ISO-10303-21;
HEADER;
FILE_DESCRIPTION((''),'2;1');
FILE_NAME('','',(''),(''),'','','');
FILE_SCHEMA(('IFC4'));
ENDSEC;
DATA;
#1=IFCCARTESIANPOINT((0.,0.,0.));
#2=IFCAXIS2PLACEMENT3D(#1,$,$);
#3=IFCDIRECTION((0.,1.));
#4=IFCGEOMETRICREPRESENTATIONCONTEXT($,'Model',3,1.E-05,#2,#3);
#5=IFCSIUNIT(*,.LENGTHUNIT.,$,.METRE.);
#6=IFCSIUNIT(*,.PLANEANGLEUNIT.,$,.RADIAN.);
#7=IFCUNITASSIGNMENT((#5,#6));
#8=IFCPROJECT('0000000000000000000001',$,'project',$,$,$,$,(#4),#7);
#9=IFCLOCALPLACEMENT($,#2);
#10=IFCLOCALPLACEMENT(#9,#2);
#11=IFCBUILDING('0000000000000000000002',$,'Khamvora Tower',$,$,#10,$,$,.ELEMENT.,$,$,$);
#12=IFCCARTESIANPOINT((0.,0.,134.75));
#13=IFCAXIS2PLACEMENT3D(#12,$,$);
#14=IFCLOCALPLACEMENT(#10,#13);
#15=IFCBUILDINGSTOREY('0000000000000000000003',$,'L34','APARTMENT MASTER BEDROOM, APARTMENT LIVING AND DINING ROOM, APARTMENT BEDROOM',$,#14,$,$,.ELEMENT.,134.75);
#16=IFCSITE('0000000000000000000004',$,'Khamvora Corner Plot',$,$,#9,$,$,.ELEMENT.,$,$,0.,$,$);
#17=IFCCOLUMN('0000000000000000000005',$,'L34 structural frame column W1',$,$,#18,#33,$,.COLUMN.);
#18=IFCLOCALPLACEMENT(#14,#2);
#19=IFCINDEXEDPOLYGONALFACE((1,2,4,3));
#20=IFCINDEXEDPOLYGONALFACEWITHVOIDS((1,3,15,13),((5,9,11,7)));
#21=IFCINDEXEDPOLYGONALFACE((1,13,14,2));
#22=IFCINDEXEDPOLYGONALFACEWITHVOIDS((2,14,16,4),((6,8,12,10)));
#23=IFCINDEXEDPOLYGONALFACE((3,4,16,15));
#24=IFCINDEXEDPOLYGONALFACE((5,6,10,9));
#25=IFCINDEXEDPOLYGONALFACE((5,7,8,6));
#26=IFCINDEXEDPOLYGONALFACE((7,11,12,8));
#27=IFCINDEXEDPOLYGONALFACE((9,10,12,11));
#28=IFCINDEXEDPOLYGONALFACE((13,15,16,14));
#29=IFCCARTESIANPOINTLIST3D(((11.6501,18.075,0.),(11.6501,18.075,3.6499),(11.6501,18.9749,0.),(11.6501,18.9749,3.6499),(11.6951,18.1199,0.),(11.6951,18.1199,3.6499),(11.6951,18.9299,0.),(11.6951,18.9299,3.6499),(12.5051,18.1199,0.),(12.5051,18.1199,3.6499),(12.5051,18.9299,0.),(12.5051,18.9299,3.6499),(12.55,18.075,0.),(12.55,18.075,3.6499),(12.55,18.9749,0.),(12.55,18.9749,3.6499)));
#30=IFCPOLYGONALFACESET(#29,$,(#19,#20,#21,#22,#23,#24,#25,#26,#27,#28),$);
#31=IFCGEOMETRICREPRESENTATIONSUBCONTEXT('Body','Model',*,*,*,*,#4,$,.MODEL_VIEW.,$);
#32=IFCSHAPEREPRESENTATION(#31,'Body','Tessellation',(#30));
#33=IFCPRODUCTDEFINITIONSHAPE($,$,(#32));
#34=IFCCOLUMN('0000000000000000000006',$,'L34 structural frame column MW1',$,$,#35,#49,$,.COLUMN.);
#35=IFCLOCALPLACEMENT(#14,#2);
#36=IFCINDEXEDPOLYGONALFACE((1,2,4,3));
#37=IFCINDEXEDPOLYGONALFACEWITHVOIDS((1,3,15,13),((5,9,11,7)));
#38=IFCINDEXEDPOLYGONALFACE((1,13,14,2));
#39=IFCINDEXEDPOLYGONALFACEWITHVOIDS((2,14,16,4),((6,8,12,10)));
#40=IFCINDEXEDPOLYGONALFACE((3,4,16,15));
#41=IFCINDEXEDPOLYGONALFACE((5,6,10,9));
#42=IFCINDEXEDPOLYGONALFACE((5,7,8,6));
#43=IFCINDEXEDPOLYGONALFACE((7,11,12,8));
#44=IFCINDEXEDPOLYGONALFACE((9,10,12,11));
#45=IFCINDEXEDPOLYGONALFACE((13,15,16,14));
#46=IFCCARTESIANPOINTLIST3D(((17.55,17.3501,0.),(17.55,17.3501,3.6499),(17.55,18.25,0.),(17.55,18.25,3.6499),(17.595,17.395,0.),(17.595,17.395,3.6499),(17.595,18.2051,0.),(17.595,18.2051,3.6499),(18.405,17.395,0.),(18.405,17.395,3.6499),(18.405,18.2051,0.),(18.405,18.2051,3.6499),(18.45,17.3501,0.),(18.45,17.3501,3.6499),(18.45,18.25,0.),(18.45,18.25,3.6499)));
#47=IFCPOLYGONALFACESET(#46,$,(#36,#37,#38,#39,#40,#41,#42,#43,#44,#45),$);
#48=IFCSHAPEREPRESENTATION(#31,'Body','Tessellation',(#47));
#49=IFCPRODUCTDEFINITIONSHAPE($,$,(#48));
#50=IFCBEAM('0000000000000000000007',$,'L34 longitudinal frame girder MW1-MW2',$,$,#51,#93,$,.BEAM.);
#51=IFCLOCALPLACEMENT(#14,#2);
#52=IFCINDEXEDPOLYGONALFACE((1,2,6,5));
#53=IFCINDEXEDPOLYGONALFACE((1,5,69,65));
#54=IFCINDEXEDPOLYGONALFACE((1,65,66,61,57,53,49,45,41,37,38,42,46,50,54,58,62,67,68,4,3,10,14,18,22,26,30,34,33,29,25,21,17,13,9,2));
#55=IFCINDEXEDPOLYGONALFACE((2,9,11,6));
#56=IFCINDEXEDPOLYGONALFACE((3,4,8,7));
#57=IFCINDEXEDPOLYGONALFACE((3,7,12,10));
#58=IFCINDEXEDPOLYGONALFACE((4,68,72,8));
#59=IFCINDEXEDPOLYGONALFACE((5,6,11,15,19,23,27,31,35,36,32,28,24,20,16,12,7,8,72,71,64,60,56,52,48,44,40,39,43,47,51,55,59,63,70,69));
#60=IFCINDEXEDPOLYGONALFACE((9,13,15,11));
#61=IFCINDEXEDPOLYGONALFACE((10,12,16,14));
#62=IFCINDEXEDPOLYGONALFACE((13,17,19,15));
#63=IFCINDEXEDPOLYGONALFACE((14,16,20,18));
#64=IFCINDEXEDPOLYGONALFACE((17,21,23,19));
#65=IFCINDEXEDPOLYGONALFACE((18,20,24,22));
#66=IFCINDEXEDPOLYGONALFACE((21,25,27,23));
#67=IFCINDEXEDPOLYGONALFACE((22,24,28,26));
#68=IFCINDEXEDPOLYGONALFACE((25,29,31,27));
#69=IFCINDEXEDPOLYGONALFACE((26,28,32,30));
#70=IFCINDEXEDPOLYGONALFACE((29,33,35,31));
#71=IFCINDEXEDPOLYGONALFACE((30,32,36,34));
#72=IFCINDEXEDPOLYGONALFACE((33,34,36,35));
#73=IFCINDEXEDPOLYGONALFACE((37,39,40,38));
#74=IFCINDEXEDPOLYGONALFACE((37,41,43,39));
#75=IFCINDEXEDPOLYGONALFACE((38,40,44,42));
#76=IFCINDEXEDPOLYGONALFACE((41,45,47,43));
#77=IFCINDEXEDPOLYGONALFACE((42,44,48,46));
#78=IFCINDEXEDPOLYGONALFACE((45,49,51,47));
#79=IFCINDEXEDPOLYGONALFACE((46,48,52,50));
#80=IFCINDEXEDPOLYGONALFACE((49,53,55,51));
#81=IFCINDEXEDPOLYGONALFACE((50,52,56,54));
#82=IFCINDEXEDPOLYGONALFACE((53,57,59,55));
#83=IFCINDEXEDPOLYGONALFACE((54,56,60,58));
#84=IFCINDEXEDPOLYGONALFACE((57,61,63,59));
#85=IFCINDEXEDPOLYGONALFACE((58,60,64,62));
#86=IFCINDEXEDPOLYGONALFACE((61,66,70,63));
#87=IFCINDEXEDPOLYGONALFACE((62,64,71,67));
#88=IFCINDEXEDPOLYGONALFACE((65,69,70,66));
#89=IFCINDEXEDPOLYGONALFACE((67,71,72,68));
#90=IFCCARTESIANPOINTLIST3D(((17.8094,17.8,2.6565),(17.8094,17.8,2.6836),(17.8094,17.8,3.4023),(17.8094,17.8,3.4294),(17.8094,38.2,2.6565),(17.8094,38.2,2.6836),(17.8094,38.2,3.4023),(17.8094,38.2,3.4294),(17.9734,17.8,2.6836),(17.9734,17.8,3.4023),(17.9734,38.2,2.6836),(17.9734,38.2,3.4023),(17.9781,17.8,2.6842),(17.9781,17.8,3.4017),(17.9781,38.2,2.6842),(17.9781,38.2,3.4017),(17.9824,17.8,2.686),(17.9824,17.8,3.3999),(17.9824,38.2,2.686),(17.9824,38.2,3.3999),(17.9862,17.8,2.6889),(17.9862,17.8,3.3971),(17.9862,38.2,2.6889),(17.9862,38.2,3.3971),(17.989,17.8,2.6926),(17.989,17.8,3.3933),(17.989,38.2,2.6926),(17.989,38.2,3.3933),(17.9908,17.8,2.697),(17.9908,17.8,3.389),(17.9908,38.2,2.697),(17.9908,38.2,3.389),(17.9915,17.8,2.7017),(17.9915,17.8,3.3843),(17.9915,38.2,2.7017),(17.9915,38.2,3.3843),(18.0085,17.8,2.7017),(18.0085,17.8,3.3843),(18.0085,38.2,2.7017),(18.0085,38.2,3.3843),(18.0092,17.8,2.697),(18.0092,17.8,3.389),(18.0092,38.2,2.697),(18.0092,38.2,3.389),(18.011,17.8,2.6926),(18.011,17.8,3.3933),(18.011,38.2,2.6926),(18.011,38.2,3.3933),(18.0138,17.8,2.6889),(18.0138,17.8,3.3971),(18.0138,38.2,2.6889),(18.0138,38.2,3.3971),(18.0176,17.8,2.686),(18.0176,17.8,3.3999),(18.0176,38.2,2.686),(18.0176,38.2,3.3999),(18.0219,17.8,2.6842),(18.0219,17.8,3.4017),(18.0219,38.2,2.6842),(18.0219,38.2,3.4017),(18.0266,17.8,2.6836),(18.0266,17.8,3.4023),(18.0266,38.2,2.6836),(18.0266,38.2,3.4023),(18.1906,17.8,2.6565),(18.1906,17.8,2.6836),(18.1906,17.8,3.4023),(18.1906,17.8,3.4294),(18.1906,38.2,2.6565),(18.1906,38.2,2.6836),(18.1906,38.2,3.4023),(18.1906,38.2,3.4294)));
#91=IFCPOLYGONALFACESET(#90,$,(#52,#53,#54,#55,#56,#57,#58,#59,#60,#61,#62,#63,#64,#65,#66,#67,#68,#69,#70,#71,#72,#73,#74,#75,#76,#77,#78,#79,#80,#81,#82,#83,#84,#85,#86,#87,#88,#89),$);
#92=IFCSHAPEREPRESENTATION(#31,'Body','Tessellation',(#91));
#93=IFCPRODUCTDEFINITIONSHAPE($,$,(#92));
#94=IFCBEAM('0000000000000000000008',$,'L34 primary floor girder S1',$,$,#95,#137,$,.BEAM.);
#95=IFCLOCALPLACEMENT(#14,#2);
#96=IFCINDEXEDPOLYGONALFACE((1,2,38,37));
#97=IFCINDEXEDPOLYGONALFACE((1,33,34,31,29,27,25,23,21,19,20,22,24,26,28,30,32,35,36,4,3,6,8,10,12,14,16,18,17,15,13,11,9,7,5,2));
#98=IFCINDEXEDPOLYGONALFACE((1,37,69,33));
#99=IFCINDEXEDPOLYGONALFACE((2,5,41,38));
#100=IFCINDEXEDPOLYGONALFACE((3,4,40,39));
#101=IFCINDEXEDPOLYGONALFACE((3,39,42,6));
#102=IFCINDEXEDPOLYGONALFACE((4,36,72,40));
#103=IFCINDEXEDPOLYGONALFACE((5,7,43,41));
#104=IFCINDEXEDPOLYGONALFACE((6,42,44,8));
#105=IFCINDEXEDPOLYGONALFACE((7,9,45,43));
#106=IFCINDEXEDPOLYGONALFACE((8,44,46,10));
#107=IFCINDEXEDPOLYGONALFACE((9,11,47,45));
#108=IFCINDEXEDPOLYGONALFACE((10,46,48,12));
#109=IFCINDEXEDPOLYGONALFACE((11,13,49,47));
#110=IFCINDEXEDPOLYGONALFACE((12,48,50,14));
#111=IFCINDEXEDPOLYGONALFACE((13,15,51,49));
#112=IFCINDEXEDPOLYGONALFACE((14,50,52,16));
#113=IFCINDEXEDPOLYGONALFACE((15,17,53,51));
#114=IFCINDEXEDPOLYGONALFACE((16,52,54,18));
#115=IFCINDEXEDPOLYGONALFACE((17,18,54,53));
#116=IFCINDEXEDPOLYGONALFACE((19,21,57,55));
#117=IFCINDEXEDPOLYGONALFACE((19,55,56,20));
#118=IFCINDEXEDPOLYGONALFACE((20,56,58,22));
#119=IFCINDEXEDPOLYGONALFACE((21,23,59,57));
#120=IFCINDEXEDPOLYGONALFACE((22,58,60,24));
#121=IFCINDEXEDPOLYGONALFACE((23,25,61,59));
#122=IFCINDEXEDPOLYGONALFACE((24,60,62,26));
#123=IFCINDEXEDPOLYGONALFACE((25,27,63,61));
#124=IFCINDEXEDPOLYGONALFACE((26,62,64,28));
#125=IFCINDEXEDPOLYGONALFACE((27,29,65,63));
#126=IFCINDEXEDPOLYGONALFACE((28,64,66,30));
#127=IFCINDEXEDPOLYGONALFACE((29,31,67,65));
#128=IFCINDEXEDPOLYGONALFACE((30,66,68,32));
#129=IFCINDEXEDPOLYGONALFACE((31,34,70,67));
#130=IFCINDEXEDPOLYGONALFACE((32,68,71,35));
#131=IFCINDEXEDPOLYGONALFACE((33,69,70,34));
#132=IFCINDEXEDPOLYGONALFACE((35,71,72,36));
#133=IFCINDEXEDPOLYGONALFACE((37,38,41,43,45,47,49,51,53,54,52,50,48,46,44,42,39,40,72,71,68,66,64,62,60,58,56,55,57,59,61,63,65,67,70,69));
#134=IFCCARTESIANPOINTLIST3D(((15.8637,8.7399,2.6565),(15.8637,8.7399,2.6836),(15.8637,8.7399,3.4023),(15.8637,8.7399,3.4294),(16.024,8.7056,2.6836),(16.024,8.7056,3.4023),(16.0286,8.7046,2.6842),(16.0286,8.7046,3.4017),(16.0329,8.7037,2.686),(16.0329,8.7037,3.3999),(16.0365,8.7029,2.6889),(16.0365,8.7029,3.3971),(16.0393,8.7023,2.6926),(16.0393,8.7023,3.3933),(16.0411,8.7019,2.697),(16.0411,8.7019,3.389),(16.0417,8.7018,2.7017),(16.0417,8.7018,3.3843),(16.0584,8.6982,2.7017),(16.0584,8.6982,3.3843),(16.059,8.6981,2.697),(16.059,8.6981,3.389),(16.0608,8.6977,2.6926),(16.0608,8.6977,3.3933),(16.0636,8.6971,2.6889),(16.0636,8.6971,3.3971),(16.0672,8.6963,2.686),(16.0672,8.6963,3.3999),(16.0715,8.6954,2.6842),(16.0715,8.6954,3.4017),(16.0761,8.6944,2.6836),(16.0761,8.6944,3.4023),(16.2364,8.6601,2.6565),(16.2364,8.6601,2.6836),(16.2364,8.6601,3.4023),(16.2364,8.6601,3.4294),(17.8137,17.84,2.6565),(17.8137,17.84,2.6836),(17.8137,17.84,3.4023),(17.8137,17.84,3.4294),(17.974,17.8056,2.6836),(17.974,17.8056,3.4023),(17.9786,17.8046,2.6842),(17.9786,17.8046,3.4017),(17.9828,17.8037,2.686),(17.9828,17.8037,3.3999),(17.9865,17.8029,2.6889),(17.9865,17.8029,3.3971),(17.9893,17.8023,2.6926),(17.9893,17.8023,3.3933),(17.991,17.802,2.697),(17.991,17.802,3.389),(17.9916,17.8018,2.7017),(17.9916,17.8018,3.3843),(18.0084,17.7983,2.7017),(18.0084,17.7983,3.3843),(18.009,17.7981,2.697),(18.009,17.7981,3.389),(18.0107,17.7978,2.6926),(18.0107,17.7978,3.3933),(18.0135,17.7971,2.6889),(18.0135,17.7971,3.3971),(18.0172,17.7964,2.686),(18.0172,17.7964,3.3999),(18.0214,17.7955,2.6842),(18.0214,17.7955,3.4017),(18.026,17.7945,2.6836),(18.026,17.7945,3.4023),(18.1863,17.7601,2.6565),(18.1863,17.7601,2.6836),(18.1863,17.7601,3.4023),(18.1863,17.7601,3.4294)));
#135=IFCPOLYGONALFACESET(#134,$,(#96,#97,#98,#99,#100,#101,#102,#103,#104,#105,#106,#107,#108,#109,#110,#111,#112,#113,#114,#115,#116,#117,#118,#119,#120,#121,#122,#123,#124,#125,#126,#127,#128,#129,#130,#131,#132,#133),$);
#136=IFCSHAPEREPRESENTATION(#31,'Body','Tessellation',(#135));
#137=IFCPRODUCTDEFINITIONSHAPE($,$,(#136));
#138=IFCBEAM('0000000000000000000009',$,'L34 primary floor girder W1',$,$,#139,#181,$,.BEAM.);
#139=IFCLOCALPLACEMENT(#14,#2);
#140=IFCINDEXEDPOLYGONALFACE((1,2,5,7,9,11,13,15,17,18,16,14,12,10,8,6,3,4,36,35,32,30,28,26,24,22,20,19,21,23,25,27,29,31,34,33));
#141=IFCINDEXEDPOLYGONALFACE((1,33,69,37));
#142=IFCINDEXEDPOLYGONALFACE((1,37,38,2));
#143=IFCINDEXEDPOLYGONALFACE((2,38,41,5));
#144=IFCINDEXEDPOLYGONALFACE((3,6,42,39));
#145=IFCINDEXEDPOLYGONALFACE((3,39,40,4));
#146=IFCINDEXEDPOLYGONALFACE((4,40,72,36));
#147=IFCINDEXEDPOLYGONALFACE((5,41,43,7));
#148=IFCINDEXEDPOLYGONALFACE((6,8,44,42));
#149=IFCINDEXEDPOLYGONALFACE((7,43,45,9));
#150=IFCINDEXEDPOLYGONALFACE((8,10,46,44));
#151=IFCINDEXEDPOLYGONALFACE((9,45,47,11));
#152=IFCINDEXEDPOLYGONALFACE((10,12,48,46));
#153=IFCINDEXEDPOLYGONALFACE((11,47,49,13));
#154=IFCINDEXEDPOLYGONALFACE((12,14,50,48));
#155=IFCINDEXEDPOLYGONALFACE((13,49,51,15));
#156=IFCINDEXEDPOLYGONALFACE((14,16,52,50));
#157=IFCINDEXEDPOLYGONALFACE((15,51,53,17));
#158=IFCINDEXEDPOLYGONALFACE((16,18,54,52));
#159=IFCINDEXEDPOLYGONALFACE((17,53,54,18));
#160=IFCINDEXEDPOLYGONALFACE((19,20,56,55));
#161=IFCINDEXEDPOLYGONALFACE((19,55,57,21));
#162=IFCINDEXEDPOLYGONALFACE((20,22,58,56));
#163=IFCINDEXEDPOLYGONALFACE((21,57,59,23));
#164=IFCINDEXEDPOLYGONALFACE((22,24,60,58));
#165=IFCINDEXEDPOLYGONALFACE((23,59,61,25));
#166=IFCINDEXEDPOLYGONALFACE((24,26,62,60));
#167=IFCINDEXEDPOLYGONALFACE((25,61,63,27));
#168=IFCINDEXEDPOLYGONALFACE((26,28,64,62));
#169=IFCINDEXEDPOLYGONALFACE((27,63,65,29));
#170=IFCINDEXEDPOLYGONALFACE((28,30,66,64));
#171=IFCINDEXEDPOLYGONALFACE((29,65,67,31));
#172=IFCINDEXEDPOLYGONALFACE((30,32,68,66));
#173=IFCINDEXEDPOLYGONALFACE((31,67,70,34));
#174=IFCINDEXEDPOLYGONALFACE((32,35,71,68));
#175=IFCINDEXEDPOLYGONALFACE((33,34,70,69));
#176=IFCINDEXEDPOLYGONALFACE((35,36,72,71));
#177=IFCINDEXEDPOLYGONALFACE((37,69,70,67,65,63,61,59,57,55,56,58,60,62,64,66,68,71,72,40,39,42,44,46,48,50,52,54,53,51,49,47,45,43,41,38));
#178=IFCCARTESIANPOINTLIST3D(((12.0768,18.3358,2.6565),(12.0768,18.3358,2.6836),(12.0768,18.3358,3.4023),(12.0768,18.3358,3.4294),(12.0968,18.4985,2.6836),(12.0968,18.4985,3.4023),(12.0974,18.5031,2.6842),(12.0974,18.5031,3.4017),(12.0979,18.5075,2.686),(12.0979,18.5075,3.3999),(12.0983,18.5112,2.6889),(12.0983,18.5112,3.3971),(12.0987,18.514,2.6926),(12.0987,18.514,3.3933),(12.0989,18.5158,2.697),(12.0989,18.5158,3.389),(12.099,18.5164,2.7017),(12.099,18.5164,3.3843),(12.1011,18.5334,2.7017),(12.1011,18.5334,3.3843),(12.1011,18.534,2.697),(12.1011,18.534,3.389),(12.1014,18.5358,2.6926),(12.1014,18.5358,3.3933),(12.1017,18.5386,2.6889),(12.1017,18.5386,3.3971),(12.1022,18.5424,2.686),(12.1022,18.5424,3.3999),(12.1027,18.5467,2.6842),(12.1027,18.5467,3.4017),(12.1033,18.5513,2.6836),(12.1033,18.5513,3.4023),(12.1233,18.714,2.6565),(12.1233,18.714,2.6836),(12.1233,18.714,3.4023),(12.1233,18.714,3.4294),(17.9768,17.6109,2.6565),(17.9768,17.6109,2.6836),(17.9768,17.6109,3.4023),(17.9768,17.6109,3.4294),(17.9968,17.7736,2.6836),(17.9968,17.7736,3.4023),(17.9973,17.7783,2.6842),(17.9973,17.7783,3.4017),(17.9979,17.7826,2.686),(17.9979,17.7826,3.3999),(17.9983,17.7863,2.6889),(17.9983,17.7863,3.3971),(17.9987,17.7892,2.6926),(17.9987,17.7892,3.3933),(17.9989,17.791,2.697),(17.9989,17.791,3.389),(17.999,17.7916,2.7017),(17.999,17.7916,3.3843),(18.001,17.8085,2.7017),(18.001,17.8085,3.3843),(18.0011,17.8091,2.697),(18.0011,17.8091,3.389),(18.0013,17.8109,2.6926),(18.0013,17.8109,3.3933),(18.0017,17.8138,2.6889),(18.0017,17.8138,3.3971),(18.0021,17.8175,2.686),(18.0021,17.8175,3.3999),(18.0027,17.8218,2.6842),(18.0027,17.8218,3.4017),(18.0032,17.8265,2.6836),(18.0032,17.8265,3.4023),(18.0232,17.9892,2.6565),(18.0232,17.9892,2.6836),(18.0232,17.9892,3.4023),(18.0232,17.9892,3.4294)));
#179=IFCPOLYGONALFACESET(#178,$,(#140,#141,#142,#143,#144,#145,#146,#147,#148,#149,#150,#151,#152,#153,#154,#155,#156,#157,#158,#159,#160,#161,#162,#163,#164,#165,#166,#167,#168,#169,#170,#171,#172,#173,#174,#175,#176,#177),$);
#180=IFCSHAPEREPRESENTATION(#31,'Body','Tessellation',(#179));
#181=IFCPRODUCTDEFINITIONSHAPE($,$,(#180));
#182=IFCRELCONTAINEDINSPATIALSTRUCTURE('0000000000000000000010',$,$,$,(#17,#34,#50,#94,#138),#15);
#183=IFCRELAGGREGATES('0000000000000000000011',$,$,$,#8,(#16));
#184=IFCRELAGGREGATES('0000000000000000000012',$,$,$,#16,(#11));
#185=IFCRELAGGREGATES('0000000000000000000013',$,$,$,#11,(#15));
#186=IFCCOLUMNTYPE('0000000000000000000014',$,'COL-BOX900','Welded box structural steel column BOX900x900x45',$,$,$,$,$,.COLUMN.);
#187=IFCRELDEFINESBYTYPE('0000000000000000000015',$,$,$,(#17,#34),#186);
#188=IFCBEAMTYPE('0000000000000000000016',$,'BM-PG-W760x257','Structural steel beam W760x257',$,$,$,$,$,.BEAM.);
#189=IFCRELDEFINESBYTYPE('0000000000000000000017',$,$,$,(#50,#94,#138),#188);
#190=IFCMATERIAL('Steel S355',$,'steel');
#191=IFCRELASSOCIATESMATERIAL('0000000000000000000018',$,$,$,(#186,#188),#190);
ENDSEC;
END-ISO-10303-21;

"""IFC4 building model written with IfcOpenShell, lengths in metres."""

from ifc_helpers import new_model, si_unit, direction, frame, origin, origin_2d, place, context, subcontext, project, spatial, hollow_rectangle, i_section, extrude, material, material_profile, profile_set, type_object, element, save


model = new_model("IFC4")

# Units and contexts
model_context = context("Model", 3, precision=1e-05, world=origin(), true_north=direction((0.0, 1.0)))
body_context = subcontext(model_context, "Body", "Model", "MODEL_VIEW")
ifc_project = project(units=[si_unit("LENGTHUNIT", "METRE"), si_unit("PLANEANGLEUNIT", "RADIAN")], contexts=[model_context])

# Site, building, storey
site_placement = place(None, origin())
site = spatial("IfcSite", under=ifc_project, at=site_placement, Name="Khamvora Corner Plot", CompositionType="ELEMENT", RefElevation=0.0)
building_placement = place(site_placement, origin())
building = spatial("IfcBuilding", under=site, at=building_placement, Name="Khamvora Tower", CompositionType="ELEMENT")
storey_placement = place(building_placement, frame((0.0, 0.0, 134.75)))
storey = spatial("IfcBuildingStorey", under=building, at=storey_placement, Name="L34", Description="APARTMENT MASTER BEDROOM, APARTMENT LIVING AND DINING ROOM, APARTMENT BEDROOM", CompositionType="ELEMENT", Elevation=134.75)

# Columns
ifc_material_1 = material(Name="Steel S355", Category="steel")
ifc_material_profile_1 = material_profile(ifc_material_1, hollow_rectangle(XDim=0.8999, YDim=0.8999, WallThickness=0.0449, at=origin_2d()), Name="BOX900x900x45")
ifc_profile_set_1 = profile_set([ifc_material_profile_1], Name="Steel S355")
column_type = type_object("IfcColumnType", Name="COL-BOX900", Description="Welded box structural steel column BOX900x900x45", PredefinedType="COLUMN", material=ifc_profile_set_1)
for number, where, z_axis, x_axis, name in (
    (1, (12.1001, 18.5249, 0.0), (0.0, 0.0, 1.0), (1.0, 0.0, 0.0), "L34 structural frame column W1"),
    (2, (18.0, 17.8, 0.0), (0.0, 0.0, 1.0), (1.0, 0.0, 0.0), "L34 structural frame column MW1"),
):
    element("IfcColumn", number, at=place(storey_placement, frame(where, z_axis=z_axis, x_axis=x_axis)), inside=storey, type_object=column_type, Name=name, PredefinedType="COLUMN", context=body_context, shape_type="SweptSolid", body=[
        extrude(hollow_rectangle(XDim=0.8999, YDim=0.8999, WallThickness=0.0449, at=origin_2d()), origin(), (0.0, 0.0, 1.0), 3.6499),
    ])

# Beams
ifc_material_profile_2 = material_profile(ifc_material_1, i_section(OverallWidth=0.3811, OverallDepth=0.7729, WebThickness=0.0171, FlangeThickness=0.0271, FilletRadius=0.0181, at=origin_2d()), Name="W760x257")
ifc_profile_set_2 = profile_set([ifc_material_profile_2], Name="Steel S355")
beam_type_1 = type_object("IfcBeamType", Name="BM-PG-W760x257", Description="Structural steel beam W760x257", PredefinedType="BEAM", material=ifc_profile_set_2)
beam_1_placement = place(storey_placement, frame((18.0, 17.8, 3.043), z_axis=(0.0, 1.0, 0.0), x_axis=(-1.0, 0.0, 0.0)))
element("IfcBeam", 3, at=beam_1_placement, inside=storey, type_object=beam_type_1, Name="L34 longitudinal frame girder MW1-MW2", PredefinedType="BEAM", context=body_context, shape_type="SweptSolid", body=[
    extrude(i_section(OverallWidth=0.3811, OverallDepth=0.7729, WebThickness=0.0171, FlangeThickness=0.0271, FilletRadius=0.0181, at=origin_2d()), origin(), (0.0, 0.0, 1.0), 20.3999),
])
beam_2_placement = place(storey_placement, frame((18.0, 17.8, 3.043), z_axis=(-0.209522, -0.977804, 0.0), x_axis=(0.977804, -0.209522, 0.0)))
element("IfcBeam", 4, at=beam_2_placement, inside=storey, type_object=beam_type_1, Name="L34 primary floor girder S1", PredefinedType="BEAM", context=body_context, shape_type="SweptSolid", body=[
    extrude(i_section(OverallWidth=0.3811, OverallDepth=0.7729, WebThickness=0.0171, FlangeThickness=0.0271, FilletRadius=0.0181, at=origin_2d()), origin(), (0.0, 0.0, 1.0), 9.3066),
])
beam_3_placement = place(storey_placement, frame((18.0, 17.8, 3.043), z_axis=(-0.992537, 0.121942, 0.0), x_axis=(-0.121942, -0.992537, 0.0)))
element("IfcBeam", 5, at=beam_3_placement, inside=storey, type_object=beam_type_1, Name="L34 primary floor girder W1", PredefinedType="BEAM", context=body_context, shape_type="SweptSolid", body=[
    extrude(i_section(OverallWidth=0.3811, OverallDepth=0.7729, WebThickness=0.0171, FlangeThickness=0.0271, FilletRadius=0.0181, at=origin_2d()), origin(), (0.0, 0.0, 1.0), 5.9443),
])

save(model, "model.ifc")
